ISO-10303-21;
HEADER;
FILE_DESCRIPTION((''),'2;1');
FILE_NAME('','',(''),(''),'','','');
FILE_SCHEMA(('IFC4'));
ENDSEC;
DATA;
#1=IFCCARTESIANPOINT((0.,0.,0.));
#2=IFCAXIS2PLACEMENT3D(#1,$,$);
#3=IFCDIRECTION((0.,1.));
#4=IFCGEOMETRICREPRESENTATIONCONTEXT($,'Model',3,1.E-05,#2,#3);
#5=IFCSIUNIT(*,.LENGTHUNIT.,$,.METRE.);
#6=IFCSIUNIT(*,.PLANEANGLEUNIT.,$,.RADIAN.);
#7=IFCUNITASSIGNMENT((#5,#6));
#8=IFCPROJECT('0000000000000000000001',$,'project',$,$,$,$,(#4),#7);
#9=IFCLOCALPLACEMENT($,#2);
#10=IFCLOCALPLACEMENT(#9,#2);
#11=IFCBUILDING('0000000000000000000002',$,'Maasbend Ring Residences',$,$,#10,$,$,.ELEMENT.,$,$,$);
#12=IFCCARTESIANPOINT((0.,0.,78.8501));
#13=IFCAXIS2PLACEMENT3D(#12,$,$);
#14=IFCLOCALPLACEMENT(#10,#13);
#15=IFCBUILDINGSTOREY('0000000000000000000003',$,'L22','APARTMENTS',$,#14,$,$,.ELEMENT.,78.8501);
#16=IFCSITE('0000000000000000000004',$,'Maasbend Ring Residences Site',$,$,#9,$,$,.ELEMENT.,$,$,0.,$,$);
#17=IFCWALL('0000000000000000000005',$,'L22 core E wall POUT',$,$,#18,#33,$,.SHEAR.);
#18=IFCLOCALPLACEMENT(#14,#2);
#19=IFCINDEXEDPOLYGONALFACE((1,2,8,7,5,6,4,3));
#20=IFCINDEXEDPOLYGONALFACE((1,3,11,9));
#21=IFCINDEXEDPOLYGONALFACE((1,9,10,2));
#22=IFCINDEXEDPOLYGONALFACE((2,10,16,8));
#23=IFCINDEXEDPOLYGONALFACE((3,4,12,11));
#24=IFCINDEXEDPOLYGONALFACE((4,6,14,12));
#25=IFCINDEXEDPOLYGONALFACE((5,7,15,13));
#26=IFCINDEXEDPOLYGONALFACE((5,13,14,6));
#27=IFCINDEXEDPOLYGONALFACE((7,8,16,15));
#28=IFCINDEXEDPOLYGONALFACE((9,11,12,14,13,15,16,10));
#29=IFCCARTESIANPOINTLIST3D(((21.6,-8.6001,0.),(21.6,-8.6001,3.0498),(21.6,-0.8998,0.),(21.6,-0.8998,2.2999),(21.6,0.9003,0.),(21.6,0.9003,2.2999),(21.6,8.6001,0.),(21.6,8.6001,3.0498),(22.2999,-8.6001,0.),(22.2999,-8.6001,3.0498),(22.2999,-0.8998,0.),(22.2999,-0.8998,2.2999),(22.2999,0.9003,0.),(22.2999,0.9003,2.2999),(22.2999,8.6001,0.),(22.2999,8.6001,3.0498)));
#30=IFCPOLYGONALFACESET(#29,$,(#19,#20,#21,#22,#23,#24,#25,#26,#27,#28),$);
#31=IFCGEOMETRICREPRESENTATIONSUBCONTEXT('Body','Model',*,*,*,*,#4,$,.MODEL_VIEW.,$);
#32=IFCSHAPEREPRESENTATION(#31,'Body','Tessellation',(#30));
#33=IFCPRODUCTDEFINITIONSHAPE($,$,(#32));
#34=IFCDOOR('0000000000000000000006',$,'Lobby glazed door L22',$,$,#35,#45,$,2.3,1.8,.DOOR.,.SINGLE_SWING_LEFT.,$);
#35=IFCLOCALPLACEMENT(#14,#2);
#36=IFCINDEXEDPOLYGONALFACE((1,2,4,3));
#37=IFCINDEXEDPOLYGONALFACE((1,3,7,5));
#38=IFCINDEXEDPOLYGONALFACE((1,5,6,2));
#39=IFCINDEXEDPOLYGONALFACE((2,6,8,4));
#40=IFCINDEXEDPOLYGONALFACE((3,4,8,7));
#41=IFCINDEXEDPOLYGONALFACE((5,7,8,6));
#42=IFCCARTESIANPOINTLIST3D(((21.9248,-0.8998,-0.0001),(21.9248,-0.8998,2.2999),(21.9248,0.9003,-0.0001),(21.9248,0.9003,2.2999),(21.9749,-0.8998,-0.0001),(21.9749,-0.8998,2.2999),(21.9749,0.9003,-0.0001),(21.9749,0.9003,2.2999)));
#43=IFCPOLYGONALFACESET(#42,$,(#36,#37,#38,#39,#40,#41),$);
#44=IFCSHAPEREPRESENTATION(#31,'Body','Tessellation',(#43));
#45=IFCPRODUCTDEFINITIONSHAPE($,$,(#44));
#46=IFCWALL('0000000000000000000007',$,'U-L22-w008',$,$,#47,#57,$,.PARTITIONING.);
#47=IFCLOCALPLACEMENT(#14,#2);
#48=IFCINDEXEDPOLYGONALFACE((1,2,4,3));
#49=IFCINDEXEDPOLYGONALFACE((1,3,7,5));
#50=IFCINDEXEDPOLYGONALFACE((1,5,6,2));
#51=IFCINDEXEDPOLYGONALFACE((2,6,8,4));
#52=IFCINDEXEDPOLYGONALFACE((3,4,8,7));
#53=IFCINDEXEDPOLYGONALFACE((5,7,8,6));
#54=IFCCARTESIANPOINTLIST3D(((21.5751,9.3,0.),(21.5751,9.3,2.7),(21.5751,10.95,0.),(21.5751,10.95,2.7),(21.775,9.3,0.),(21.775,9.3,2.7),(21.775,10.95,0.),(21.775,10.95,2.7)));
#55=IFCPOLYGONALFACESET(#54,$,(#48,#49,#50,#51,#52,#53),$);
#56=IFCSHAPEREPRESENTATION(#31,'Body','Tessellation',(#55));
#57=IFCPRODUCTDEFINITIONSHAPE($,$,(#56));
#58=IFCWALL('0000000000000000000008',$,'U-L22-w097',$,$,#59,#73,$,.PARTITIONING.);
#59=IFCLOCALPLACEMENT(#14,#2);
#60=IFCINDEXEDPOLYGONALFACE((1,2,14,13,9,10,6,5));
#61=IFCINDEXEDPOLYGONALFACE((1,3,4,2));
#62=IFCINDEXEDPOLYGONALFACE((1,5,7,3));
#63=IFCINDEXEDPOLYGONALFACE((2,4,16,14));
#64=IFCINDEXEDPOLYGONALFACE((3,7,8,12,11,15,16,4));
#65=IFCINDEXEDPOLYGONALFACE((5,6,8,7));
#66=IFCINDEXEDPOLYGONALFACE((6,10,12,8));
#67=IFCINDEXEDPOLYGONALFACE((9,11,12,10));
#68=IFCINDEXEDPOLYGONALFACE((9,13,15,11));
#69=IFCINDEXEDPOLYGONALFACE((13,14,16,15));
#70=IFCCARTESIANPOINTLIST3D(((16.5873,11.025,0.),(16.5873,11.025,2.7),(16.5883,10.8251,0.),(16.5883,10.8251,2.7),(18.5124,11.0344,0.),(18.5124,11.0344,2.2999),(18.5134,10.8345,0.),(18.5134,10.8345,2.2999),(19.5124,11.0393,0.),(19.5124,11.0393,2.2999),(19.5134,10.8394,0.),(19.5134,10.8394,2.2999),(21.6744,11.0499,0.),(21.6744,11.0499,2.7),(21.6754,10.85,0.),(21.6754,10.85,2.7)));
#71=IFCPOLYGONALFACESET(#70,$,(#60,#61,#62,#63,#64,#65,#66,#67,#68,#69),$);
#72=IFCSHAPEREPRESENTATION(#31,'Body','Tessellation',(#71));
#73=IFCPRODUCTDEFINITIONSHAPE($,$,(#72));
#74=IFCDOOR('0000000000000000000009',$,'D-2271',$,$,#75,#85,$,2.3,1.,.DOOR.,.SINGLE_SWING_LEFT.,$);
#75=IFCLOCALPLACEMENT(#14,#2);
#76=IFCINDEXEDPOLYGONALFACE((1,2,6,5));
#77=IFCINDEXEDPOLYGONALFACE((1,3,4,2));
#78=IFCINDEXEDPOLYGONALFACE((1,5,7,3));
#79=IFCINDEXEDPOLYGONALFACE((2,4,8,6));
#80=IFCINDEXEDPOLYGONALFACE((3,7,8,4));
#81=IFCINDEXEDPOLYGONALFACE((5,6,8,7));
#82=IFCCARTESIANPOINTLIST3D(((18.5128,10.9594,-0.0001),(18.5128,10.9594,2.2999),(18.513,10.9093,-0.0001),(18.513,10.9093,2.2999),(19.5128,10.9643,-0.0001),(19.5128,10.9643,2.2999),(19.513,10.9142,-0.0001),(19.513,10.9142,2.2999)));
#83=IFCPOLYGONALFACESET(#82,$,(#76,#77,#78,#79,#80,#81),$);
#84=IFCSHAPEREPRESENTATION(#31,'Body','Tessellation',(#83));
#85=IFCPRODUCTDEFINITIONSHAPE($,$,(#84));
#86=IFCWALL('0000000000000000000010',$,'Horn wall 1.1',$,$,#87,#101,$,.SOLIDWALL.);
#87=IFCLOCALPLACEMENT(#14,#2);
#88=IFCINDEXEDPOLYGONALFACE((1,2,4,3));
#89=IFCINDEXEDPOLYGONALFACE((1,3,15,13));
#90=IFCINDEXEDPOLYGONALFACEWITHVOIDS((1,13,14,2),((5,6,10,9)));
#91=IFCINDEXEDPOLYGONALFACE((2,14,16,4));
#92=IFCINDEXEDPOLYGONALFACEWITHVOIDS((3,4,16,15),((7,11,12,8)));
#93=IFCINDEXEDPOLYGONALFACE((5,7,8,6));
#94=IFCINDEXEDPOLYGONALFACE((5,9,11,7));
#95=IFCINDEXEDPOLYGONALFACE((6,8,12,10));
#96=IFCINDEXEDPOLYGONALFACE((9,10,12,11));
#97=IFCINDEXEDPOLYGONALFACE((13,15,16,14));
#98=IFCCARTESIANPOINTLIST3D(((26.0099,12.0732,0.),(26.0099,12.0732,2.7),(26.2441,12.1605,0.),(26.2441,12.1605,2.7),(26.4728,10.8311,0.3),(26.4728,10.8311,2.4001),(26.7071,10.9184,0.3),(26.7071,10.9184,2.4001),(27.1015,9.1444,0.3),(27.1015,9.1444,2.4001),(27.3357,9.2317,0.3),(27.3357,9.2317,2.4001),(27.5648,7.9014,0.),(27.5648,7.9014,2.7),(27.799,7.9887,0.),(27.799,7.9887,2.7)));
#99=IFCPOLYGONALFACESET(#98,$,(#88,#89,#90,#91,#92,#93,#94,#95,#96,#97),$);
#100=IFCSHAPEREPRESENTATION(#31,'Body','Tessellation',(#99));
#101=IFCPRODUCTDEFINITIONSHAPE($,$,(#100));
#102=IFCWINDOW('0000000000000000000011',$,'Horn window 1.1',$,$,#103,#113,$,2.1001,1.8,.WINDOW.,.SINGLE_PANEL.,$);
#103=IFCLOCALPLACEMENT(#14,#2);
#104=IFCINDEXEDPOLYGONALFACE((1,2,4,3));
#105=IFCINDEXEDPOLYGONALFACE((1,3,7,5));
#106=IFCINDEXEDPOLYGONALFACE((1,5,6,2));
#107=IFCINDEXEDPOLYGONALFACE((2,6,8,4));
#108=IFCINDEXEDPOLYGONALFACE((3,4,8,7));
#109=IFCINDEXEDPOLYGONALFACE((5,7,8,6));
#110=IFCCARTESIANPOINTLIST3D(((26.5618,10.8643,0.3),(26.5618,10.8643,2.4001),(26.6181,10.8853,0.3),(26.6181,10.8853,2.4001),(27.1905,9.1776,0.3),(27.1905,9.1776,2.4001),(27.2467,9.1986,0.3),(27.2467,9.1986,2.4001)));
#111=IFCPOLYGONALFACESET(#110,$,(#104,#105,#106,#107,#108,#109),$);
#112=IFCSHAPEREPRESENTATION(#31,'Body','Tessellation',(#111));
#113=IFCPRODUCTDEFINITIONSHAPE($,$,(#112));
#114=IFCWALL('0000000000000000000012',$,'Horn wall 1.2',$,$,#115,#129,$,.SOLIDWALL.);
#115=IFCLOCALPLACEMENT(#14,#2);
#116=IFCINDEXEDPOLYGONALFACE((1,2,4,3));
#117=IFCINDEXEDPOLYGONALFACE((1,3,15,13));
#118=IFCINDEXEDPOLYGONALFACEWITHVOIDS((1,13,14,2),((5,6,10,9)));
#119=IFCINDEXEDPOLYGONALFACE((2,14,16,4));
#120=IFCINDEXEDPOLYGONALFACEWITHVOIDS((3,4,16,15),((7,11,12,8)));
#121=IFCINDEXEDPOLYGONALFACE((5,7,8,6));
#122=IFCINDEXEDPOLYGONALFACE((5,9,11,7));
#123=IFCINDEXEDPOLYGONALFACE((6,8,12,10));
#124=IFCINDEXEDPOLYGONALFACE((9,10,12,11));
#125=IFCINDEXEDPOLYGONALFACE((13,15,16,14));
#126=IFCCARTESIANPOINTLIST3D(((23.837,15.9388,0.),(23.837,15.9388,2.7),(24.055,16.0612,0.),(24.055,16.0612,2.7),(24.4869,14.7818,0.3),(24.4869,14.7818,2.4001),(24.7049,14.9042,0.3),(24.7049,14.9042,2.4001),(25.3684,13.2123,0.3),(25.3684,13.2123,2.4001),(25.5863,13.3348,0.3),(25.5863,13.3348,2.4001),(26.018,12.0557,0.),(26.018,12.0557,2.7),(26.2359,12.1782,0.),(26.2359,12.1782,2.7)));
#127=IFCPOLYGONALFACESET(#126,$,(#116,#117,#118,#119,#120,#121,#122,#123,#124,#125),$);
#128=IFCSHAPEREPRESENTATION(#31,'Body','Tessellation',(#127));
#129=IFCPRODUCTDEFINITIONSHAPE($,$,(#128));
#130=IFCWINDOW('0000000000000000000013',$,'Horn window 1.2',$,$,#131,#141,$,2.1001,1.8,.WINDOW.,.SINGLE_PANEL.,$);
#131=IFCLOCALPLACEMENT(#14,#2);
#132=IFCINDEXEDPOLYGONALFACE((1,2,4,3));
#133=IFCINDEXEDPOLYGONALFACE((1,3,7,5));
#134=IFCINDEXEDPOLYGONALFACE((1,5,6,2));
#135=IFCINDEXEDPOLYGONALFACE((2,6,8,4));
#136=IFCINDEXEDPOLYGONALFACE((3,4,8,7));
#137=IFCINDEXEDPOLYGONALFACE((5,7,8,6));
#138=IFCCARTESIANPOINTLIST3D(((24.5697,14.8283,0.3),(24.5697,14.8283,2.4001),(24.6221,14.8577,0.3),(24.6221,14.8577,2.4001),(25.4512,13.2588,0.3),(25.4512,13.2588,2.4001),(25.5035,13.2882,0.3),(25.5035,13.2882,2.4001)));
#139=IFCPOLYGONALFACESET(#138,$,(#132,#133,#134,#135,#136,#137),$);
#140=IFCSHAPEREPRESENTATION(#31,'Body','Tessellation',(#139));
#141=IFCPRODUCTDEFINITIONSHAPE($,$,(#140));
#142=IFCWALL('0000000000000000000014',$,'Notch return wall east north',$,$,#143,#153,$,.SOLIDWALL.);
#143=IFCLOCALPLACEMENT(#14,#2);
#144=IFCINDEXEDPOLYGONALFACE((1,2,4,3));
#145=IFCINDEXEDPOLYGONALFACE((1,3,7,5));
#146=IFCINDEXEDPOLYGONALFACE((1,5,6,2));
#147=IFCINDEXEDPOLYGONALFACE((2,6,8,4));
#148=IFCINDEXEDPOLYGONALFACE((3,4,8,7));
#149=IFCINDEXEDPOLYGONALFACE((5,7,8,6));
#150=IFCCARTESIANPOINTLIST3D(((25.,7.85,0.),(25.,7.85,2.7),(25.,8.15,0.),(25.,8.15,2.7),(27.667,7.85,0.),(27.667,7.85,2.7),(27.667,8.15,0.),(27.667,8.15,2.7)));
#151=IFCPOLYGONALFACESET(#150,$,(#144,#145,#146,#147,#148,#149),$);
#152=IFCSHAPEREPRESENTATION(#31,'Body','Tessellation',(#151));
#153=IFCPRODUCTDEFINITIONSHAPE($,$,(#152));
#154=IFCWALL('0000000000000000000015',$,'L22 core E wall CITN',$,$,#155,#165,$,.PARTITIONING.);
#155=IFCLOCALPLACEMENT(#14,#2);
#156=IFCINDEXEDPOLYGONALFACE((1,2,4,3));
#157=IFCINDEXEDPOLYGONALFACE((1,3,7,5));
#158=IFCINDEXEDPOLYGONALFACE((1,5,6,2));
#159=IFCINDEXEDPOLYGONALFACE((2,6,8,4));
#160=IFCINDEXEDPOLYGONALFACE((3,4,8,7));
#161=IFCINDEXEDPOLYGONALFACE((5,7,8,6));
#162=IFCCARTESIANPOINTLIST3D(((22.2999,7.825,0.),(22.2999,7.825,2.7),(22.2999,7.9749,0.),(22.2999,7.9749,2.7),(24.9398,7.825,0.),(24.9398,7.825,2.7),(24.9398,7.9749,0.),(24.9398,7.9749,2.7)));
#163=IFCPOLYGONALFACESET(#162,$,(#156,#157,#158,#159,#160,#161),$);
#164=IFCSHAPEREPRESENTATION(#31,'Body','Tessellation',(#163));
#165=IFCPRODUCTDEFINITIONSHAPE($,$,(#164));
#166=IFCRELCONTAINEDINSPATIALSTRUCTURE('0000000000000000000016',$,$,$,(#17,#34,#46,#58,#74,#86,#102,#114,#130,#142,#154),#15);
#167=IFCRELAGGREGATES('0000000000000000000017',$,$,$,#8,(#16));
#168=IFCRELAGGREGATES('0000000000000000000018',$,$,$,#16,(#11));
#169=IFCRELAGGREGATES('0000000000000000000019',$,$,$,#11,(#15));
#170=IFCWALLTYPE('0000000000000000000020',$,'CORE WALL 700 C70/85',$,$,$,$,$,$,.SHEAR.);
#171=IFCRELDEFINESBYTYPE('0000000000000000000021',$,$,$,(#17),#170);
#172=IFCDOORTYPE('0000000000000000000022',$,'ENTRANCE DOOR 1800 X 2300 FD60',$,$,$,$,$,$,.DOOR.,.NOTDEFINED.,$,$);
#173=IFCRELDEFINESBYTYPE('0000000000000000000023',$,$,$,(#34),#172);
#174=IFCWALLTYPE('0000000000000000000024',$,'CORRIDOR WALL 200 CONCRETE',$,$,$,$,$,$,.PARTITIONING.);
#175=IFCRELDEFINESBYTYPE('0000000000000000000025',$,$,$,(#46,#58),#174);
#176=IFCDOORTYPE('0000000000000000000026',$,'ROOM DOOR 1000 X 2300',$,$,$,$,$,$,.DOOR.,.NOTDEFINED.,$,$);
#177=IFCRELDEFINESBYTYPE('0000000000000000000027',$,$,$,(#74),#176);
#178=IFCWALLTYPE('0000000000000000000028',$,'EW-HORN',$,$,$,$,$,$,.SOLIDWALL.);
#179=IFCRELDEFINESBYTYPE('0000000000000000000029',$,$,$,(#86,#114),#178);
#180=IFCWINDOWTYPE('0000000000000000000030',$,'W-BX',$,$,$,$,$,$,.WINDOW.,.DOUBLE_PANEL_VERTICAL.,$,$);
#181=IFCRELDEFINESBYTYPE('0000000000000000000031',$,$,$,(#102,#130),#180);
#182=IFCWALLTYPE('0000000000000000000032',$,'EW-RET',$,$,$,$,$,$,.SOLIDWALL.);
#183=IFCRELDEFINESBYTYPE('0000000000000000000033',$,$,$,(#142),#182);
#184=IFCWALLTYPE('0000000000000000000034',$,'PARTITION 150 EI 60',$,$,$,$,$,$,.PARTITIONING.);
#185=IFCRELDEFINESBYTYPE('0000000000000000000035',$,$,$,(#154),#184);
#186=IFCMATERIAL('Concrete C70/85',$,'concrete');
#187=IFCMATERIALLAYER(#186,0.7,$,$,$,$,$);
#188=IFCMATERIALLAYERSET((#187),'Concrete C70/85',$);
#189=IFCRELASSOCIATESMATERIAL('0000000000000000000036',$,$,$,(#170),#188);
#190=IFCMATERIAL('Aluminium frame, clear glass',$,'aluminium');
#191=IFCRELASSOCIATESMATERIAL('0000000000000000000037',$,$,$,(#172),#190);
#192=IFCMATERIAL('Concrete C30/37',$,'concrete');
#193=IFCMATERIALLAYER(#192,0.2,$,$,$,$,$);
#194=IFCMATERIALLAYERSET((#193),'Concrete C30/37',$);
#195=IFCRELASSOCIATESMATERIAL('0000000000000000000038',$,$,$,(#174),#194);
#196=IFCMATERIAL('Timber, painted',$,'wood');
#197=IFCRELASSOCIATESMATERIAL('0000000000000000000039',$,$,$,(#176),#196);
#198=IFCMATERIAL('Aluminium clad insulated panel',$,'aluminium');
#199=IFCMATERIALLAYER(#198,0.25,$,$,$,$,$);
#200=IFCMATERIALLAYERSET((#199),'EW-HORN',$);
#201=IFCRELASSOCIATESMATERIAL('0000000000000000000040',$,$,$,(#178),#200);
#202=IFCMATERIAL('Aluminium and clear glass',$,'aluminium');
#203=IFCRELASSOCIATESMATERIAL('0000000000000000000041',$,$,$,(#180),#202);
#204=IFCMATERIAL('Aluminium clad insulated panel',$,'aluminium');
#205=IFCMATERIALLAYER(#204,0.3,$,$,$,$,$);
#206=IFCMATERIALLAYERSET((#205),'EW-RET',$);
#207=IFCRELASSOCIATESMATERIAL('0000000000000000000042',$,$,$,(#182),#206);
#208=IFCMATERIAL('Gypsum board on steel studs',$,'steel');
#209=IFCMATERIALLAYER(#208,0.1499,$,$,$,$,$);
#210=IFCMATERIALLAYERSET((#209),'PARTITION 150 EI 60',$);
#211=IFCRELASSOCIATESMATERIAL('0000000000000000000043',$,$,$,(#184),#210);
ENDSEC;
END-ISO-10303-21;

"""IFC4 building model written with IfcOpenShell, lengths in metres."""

from ifc_helpers import new_model, si_unit, direction, frame, frame_2d, origin, place, context, subcontext, project, spatial, rectangle, extrude, material, layer, layer_set, type_object, element, fill, save


model = new_model("IFC4")

# Units and contexts
model_context = context("Model", 3, precision=1e-05, world=origin(), true_north=direction((0.0, 1.0)))
body_context = subcontext(model_context, "Body", "Model", "MODEL_VIEW")
ifc_project = project(units=[si_unit("LENGTHUNIT", "METRE"), si_unit("PLANEANGLEUNIT", "RADIAN")], contexts=[model_context])

# Site, building, storey
site_placement = place(None, origin())
site = spatial("IfcSite", under=ifc_project, at=site_placement, Name="Maasbend Ring Residences Site", CompositionType="ELEMENT", RefElevation=0.0)
building_placement = place(site_placement, origin())
building = spatial("IfcBuilding", under=site, at=building_placement, Name="Maasbend Ring Residences", CompositionType="ELEMENT")
storey_placement = place(building_placement, frame((0.0, 0.0, 78.8501)))
storey = spatial("IfcBuildingStorey", under=building, at=storey_placement, Name="L22", Description="APARTMENTS", CompositionType="ELEMENT", Elevation=78.8501)

# Wall, opening, door
ifc_material_1 = material(Name="Concrete C70/85", Category="concrete")
ifc_layer_1 = layer(ifc_material_1, 0.7)
ifc_layer_set_1 = layer_set([ifc_layer_1], Name="Concrete C70/85")
wall_type_1 = type_object("IfcWallType", Name="CORE WALL 700 C70/85", PredefinedType="SHEAR", material=ifc_layer_set_1)
wall_1_placement = place(storey_placement, frame((21.95, 8.6001, 0.0), z_axis=(0.0, 0.0, 1.0), x_axis=(0.0, -1.0, 0.0)))
wall_1 = element("IfcWall", 1, at=wall_1_placement, inside=storey, type_object=wall_type_1, Name="L22 core E wall POUT", PredefinedType="SHEAR", context=body_context, shape_type="SweptSolid", body=[
    extrude(rectangle(XDim=17.2002, YDim=0.7, at=frame_2d((8.6001, 0.0))), origin(), (0.0, 0.0, 1.0), 3.0498),
])
opening_1_placement = place(wall_1_placement, frame((7.7, 0.0, 0.0)))
opening_1 = element("IfcOpeningElement", 2, at=opening_1_placement, cuts=wall_1, PredefinedType="OPENING", context=body_context, shape_type="SweptSolid", body=[
    extrude(rectangle(XDim=1.8, YDim=2.3, at=frame_2d((0.8999, 1.1499))), frame((0.0, 0.3599, 0.0), z_axis=(0.0, -1.0, 0.0), x_axis=(1.0, 0.0, 0.0)), (0.0, 0.0, 1.0), 0.72),
])
ifc_material_2 = material(Name="Aluminium frame, clear glass", Category="aluminium")
door_type_1 = type_object("IfcDoorType", Name="ENTRANCE DOOR 1800 X 2300 FD60", OperationType="NOTDEFINED", PredefinedType="DOOR", material=ifc_material_2)
door_1_placement = place(opening_1_placement, origin())
door_1 = element("IfcDoor", 3, at=door_1_placement, inside=storey, type_object=door_type_1, Name="Lobby glazed door L22", OperationType="SINGLE_SWING_LEFT", OverallHeight=2.3, OverallWidth=1.8, PredefinedType="DOOR", context=body_context, shape_type="SweptSolid", body=[
    extrude(rectangle(XDim=1.8, YDim=2.3, at=frame_2d((0.8999, 1.1499))), frame((0.0, 0.0249, 0.0), z_axis=(0.0, -1.0, 0.0), x_axis=(1.0, 0.0, 0.0)), (0.0, 0.0, 1.0), 0.05),
])
fill(opening_1, door_1)

# Wall
ifc_material_3 = material(Name="Concrete C30/37", Category="concrete")
ifc_layer_2 = layer(ifc_material_3, 0.2)
ifc_layer_set_2 = layer_set([ifc_layer_2], Name="Concrete C30/37")
wall_type_2 = type_object("IfcWallType", Name="CORRIDOR WALL 200 CONCRETE", PredefinedType="PARTITIONING", material=ifc_layer_set_2)
wall_2_placement = place(storey_placement, frame((21.675, 9.3, 0.0), z_axis=(0.0, 0.0, 1.0), x_axis=(0.0, 1.0, 0.0)))
element("IfcWall", 4, at=wall_2_placement, inside=storey, type_object=wall_type_2, Name="U-L22-w008", PredefinedType="PARTITIONING", context=body_context, shape_type="SweptSolid", body=[
    extrude(rectangle(XDim=1.6499, YDim=0.2, at=frame_2d((0.825, 0.0))), origin(), (0.0, 0.0, 1.0), 2.7),
])

# Wall, opening, door
wall_3_placement = place(storey_placement, frame((16.5879, 10.925, 0.0), z_axis=(0.0, 0.0, 1.0), x_axis=(0.999988, 0.004895, 0.0)))
wall_3 = element("IfcWall", 5, at=wall_3_placement, inside=storey, type_object=wall_type_2, Name="U-L22-w097", PredefinedType="PARTITIONING", context=body_context, shape_type="SweptSolid", body=[
    extrude(rectangle(XDim=5.0872, YDim=0.2, at=frame_2d((2.5435, 0.0))), origin(), (0.0, 0.0, 1.0), 2.7),
])
opening_2_placement = place(wall_3_placement, frame((1.925, 0.0, 0.0)))
opening_2 = element("IfcOpeningElement", 6, at=opening_2_placement, cuts=wall_3, PredefinedType="OPENING", context=body_context, shape_type="SweptSolid", body=[
    extrude(rectangle(XDim=1.0, YDim=2.3, at=frame_2d((0.5, 1.1499))), frame((0.0, 0.1099, 0.0), z_axis=(0.0, -1.0, 0.0), x_axis=(1.0, 0.0, 0.0)), (0.0, 0.0, 1.0), 0.22),
])
ifc_material_4 = material(Name="Timber, painted", Category="wood")
door_type_2 = type_object("IfcDoorType", Name="ROOM DOOR 1000 X 2300", OperationType="NOTDEFINED", PredefinedType="DOOR", material=ifc_material_4)
door_2_placement = place(opening_2_placement, origin())
door_2 = element("IfcDoor", 7, at=door_2_placement, inside=storey, type_object=door_type_2, Name="D-2271", OperationType="SINGLE_SWING_LEFT", OverallHeight=2.3, OverallWidth=1.0, PredefinedType="DOOR", context=body_context, shape_type="SweptSolid", body=[
    extrude(rectangle(XDim=1.0, YDim=2.3, at=frame_2d((0.5, 1.1499))), frame((0.0, 0.0249, 0.0), z_axis=(0.0, -1.0, 0.0), x_axis=(1.0, 0.0, 0.0)), (0.0, 0.0, 1.0), 0.05),
])
fill(opening_2, door_2)

# Walls, openings, windows
ifc_material_5 = material(Name="Aluminium clad insulated panel", Category="aluminium")
ifc_layer_3 = layer(ifc_material_5, 0.25)
ifc_layer_set_3 = layer_set([ifc_layer_3], Name="EW-HORN")
wall_type_3 = type_object("IfcWallType", Name="EW-HORN", PredefinedType="SOLIDWALL", material=ifc_layer_set_3)
wall_4_placement = place(storey_placement, frame((27.6819, 7.9451, 0.0), z_axis=(0.0, 0.0, 1.0), x_axis=(-0.349248, 0.93703, 0.0)))
wall_4 = element("IfcWall", 8, at=wall_4_placement, inside=storey, type_object=wall_type_3, Name="Horn wall 1.1", PredefinedType="SOLIDWALL", context=body_context, shape_type="SweptSolid", body=[
    extrude(rectangle(XDim=4.4521, YDim=0.25, at=frame_2d((2.2261, 0.0))), origin(), (0.0, 0.0, 1.0), 2.7),
])
opening_3_placement = place(wall_4_placement, frame((1.3267, 0.0, 0.3)))
opening_3 = element("IfcOpeningElement", 9, at=opening_3_placement, cuts=wall_4, PredefinedType="OPENING", context=body_context, shape_type="SweptSolid", body=[
    extrude(rectangle(XDim=1.8, YDim=2.1001, at=frame_2d((0.8999, 1.05))), frame((0.0, 0.135, 0.0), z_axis=(0.0, -1.0, 0.0), x_axis=(1.0, 0.0, 0.0)), (0.0, 0.0, 1.0), 0.27),
])
ifc_material_6 = material(Name="Aluminium and clear glass", Category="aluminium")
window_type = type_object("IfcWindowType", Name="W-BX", PartitioningType="DOUBLE_PANEL_VERTICAL", PredefinedType="WINDOW", material=ifc_material_6)
window_1_placement = place(opening_3_placement, origin())
window_1 = element("IfcWindow", 10, at=window_1_placement, inside=storey, type_object=window_type, Name="Horn window 1.1", OverallHeight=2.1001, OverallWidth=1.8, PartitioningType="SINGLE_PANEL", PredefinedType="WINDOW", context=body_context, shape_type="SweptSolid", body=[
    extrude(rectangle(XDim=1.8, YDim=2.1001, at=frame_2d((0.8999, 1.05))), frame((0.0, 0.03, 0.0), z_axis=(0.0, -1.0, 0.0), x_axis=(1.0, 0.0, 0.0)), (0.0, 0.0, 1.0), 0.0601),
])
fill(opening_3, window_1)
wall_5_placement = place(storey_placement, frame((26.127, 12.1169, 0.0), z_axis=(0.0, 0.0, 1.0), x_axis=(-0.489696, 0.871893, 0.0)))
wall_5 = element("IfcWall", 11, at=wall_5_placement, inside=storey, type_object=wall_type_3, Name="Horn wall 1.2", PredefinedType="SOLIDWALL", context=body_context, shape_type="SweptSolid", body=[
    extrude(rectangle(XDim=4.4536, YDim=0.25, at=frame_2d((2.2268, 0.0))), origin(), (0.0, 0.0, 1.0), 2.7),
])
opening_4_placement = place(wall_5_placement, frame((1.3267, 0.0, 0.3)))
opening_4 = element("IfcOpeningElement", 12, at=opening_4_placement, cuts=wall_5, PredefinedType="OPENING", context=body_context, shape_type="SweptSolid", body=[
    extrude(rectangle(XDim=1.8, YDim=2.1001, at=frame_2d((0.8999, 1.05))), frame((0.0, 0.135, 0.0), z_axis=(0.0, -1.0, 0.0), x_axis=(1.0, 0.0, 0.0)), (0.0, 0.0, 1.0), 0.27),
])
window_2_placement = place(opening_4_placement, origin())
window_2 = element("IfcWindow", 13, at=window_2_placement, inside=storey, type_object=window_type, Name="Horn window 1.2", OverallHeight=2.1001, OverallWidth=1.8, PartitioningType="SINGLE_PANEL", PredefinedType="WINDOW", context=body_context, shape_type="SweptSolid", body=[
    extrude(rectangle(XDim=1.8, YDim=2.1001, at=frame_2d((0.8999, 1.05))), frame((0.0, 0.03, 0.0), z_axis=(0.0, -1.0, 0.0), x_axis=(1.0, 0.0, 0.0)), (0.0, 0.0, 1.0), 0.0601),
])
fill(opening_4, window_2)

# Walls
ifc_material_7 = material(Name="Aluminium clad insulated panel", Category="aluminium")
ifc_layer_4 = layer(ifc_material_7, 0.3)
ifc_layer_set_4 = layer_set([ifc_layer_4], Name="EW-RET")
wall_type_4 = type_object("IfcWallType", Name="EW-RET", PredefinedType="SOLIDWALL", material=ifc_layer_set_4)
wall_6_placement = place(storey_placement, frame((25.0, 8.0, 0.0), z_axis=(0.0, 0.0, 1.0), x_axis=(1.0, 0.0, 0.0)))
element("IfcWall", 14, at=wall_6_placement, inside=storey, type_object=wall_type_4, Name="Notch return wall east north", PredefinedType="SOLIDWALL", context=body_context, shape_type="SweptSolid", body=[
    extrude(rectangle(XDim=2.667, YDim=0.3, at=frame_2d((1.3335, 0.0))), origin(), (0.0, 0.0, 1.0), 2.7),
])
ifc_material_8 = material(Name="Gypsum board on steel studs", Category="steel")
ifc_layer_5 = layer(ifc_material_8, 0.1499)
ifc_layer_set_5 = layer_set([ifc_layer_5], Name="PARTITION 150 EI 60")
wall_type_5 = type_object("IfcWallType", Name="PARTITION 150 EI 60", PredefinedType="PARTITIONING", material=ifc_layer_set_5)
wall_7_placement = place(storey_placement, frame((22.3, 7.8999, 0.0), z_axis=(0.0, 0.0, 1.0), x_axis=(1.0, 0.0, 0.0)))
element("IfcWall", 15, at=wall_7_placement, inside=storey, type_object=wall_type_5, Name="L22 core E wall CITN", PredefinedType="PARTITIONING", context=body_context, shape_type="SweptSolid", body=[
    extrude(rectangle(XDim=2.6399, YDim=0.1499, at=frame_2d((1.3198, 0.0))), origin(), (0.0, 0.0, 1.0), 2.7),
])

save(model, "model.ifc")
